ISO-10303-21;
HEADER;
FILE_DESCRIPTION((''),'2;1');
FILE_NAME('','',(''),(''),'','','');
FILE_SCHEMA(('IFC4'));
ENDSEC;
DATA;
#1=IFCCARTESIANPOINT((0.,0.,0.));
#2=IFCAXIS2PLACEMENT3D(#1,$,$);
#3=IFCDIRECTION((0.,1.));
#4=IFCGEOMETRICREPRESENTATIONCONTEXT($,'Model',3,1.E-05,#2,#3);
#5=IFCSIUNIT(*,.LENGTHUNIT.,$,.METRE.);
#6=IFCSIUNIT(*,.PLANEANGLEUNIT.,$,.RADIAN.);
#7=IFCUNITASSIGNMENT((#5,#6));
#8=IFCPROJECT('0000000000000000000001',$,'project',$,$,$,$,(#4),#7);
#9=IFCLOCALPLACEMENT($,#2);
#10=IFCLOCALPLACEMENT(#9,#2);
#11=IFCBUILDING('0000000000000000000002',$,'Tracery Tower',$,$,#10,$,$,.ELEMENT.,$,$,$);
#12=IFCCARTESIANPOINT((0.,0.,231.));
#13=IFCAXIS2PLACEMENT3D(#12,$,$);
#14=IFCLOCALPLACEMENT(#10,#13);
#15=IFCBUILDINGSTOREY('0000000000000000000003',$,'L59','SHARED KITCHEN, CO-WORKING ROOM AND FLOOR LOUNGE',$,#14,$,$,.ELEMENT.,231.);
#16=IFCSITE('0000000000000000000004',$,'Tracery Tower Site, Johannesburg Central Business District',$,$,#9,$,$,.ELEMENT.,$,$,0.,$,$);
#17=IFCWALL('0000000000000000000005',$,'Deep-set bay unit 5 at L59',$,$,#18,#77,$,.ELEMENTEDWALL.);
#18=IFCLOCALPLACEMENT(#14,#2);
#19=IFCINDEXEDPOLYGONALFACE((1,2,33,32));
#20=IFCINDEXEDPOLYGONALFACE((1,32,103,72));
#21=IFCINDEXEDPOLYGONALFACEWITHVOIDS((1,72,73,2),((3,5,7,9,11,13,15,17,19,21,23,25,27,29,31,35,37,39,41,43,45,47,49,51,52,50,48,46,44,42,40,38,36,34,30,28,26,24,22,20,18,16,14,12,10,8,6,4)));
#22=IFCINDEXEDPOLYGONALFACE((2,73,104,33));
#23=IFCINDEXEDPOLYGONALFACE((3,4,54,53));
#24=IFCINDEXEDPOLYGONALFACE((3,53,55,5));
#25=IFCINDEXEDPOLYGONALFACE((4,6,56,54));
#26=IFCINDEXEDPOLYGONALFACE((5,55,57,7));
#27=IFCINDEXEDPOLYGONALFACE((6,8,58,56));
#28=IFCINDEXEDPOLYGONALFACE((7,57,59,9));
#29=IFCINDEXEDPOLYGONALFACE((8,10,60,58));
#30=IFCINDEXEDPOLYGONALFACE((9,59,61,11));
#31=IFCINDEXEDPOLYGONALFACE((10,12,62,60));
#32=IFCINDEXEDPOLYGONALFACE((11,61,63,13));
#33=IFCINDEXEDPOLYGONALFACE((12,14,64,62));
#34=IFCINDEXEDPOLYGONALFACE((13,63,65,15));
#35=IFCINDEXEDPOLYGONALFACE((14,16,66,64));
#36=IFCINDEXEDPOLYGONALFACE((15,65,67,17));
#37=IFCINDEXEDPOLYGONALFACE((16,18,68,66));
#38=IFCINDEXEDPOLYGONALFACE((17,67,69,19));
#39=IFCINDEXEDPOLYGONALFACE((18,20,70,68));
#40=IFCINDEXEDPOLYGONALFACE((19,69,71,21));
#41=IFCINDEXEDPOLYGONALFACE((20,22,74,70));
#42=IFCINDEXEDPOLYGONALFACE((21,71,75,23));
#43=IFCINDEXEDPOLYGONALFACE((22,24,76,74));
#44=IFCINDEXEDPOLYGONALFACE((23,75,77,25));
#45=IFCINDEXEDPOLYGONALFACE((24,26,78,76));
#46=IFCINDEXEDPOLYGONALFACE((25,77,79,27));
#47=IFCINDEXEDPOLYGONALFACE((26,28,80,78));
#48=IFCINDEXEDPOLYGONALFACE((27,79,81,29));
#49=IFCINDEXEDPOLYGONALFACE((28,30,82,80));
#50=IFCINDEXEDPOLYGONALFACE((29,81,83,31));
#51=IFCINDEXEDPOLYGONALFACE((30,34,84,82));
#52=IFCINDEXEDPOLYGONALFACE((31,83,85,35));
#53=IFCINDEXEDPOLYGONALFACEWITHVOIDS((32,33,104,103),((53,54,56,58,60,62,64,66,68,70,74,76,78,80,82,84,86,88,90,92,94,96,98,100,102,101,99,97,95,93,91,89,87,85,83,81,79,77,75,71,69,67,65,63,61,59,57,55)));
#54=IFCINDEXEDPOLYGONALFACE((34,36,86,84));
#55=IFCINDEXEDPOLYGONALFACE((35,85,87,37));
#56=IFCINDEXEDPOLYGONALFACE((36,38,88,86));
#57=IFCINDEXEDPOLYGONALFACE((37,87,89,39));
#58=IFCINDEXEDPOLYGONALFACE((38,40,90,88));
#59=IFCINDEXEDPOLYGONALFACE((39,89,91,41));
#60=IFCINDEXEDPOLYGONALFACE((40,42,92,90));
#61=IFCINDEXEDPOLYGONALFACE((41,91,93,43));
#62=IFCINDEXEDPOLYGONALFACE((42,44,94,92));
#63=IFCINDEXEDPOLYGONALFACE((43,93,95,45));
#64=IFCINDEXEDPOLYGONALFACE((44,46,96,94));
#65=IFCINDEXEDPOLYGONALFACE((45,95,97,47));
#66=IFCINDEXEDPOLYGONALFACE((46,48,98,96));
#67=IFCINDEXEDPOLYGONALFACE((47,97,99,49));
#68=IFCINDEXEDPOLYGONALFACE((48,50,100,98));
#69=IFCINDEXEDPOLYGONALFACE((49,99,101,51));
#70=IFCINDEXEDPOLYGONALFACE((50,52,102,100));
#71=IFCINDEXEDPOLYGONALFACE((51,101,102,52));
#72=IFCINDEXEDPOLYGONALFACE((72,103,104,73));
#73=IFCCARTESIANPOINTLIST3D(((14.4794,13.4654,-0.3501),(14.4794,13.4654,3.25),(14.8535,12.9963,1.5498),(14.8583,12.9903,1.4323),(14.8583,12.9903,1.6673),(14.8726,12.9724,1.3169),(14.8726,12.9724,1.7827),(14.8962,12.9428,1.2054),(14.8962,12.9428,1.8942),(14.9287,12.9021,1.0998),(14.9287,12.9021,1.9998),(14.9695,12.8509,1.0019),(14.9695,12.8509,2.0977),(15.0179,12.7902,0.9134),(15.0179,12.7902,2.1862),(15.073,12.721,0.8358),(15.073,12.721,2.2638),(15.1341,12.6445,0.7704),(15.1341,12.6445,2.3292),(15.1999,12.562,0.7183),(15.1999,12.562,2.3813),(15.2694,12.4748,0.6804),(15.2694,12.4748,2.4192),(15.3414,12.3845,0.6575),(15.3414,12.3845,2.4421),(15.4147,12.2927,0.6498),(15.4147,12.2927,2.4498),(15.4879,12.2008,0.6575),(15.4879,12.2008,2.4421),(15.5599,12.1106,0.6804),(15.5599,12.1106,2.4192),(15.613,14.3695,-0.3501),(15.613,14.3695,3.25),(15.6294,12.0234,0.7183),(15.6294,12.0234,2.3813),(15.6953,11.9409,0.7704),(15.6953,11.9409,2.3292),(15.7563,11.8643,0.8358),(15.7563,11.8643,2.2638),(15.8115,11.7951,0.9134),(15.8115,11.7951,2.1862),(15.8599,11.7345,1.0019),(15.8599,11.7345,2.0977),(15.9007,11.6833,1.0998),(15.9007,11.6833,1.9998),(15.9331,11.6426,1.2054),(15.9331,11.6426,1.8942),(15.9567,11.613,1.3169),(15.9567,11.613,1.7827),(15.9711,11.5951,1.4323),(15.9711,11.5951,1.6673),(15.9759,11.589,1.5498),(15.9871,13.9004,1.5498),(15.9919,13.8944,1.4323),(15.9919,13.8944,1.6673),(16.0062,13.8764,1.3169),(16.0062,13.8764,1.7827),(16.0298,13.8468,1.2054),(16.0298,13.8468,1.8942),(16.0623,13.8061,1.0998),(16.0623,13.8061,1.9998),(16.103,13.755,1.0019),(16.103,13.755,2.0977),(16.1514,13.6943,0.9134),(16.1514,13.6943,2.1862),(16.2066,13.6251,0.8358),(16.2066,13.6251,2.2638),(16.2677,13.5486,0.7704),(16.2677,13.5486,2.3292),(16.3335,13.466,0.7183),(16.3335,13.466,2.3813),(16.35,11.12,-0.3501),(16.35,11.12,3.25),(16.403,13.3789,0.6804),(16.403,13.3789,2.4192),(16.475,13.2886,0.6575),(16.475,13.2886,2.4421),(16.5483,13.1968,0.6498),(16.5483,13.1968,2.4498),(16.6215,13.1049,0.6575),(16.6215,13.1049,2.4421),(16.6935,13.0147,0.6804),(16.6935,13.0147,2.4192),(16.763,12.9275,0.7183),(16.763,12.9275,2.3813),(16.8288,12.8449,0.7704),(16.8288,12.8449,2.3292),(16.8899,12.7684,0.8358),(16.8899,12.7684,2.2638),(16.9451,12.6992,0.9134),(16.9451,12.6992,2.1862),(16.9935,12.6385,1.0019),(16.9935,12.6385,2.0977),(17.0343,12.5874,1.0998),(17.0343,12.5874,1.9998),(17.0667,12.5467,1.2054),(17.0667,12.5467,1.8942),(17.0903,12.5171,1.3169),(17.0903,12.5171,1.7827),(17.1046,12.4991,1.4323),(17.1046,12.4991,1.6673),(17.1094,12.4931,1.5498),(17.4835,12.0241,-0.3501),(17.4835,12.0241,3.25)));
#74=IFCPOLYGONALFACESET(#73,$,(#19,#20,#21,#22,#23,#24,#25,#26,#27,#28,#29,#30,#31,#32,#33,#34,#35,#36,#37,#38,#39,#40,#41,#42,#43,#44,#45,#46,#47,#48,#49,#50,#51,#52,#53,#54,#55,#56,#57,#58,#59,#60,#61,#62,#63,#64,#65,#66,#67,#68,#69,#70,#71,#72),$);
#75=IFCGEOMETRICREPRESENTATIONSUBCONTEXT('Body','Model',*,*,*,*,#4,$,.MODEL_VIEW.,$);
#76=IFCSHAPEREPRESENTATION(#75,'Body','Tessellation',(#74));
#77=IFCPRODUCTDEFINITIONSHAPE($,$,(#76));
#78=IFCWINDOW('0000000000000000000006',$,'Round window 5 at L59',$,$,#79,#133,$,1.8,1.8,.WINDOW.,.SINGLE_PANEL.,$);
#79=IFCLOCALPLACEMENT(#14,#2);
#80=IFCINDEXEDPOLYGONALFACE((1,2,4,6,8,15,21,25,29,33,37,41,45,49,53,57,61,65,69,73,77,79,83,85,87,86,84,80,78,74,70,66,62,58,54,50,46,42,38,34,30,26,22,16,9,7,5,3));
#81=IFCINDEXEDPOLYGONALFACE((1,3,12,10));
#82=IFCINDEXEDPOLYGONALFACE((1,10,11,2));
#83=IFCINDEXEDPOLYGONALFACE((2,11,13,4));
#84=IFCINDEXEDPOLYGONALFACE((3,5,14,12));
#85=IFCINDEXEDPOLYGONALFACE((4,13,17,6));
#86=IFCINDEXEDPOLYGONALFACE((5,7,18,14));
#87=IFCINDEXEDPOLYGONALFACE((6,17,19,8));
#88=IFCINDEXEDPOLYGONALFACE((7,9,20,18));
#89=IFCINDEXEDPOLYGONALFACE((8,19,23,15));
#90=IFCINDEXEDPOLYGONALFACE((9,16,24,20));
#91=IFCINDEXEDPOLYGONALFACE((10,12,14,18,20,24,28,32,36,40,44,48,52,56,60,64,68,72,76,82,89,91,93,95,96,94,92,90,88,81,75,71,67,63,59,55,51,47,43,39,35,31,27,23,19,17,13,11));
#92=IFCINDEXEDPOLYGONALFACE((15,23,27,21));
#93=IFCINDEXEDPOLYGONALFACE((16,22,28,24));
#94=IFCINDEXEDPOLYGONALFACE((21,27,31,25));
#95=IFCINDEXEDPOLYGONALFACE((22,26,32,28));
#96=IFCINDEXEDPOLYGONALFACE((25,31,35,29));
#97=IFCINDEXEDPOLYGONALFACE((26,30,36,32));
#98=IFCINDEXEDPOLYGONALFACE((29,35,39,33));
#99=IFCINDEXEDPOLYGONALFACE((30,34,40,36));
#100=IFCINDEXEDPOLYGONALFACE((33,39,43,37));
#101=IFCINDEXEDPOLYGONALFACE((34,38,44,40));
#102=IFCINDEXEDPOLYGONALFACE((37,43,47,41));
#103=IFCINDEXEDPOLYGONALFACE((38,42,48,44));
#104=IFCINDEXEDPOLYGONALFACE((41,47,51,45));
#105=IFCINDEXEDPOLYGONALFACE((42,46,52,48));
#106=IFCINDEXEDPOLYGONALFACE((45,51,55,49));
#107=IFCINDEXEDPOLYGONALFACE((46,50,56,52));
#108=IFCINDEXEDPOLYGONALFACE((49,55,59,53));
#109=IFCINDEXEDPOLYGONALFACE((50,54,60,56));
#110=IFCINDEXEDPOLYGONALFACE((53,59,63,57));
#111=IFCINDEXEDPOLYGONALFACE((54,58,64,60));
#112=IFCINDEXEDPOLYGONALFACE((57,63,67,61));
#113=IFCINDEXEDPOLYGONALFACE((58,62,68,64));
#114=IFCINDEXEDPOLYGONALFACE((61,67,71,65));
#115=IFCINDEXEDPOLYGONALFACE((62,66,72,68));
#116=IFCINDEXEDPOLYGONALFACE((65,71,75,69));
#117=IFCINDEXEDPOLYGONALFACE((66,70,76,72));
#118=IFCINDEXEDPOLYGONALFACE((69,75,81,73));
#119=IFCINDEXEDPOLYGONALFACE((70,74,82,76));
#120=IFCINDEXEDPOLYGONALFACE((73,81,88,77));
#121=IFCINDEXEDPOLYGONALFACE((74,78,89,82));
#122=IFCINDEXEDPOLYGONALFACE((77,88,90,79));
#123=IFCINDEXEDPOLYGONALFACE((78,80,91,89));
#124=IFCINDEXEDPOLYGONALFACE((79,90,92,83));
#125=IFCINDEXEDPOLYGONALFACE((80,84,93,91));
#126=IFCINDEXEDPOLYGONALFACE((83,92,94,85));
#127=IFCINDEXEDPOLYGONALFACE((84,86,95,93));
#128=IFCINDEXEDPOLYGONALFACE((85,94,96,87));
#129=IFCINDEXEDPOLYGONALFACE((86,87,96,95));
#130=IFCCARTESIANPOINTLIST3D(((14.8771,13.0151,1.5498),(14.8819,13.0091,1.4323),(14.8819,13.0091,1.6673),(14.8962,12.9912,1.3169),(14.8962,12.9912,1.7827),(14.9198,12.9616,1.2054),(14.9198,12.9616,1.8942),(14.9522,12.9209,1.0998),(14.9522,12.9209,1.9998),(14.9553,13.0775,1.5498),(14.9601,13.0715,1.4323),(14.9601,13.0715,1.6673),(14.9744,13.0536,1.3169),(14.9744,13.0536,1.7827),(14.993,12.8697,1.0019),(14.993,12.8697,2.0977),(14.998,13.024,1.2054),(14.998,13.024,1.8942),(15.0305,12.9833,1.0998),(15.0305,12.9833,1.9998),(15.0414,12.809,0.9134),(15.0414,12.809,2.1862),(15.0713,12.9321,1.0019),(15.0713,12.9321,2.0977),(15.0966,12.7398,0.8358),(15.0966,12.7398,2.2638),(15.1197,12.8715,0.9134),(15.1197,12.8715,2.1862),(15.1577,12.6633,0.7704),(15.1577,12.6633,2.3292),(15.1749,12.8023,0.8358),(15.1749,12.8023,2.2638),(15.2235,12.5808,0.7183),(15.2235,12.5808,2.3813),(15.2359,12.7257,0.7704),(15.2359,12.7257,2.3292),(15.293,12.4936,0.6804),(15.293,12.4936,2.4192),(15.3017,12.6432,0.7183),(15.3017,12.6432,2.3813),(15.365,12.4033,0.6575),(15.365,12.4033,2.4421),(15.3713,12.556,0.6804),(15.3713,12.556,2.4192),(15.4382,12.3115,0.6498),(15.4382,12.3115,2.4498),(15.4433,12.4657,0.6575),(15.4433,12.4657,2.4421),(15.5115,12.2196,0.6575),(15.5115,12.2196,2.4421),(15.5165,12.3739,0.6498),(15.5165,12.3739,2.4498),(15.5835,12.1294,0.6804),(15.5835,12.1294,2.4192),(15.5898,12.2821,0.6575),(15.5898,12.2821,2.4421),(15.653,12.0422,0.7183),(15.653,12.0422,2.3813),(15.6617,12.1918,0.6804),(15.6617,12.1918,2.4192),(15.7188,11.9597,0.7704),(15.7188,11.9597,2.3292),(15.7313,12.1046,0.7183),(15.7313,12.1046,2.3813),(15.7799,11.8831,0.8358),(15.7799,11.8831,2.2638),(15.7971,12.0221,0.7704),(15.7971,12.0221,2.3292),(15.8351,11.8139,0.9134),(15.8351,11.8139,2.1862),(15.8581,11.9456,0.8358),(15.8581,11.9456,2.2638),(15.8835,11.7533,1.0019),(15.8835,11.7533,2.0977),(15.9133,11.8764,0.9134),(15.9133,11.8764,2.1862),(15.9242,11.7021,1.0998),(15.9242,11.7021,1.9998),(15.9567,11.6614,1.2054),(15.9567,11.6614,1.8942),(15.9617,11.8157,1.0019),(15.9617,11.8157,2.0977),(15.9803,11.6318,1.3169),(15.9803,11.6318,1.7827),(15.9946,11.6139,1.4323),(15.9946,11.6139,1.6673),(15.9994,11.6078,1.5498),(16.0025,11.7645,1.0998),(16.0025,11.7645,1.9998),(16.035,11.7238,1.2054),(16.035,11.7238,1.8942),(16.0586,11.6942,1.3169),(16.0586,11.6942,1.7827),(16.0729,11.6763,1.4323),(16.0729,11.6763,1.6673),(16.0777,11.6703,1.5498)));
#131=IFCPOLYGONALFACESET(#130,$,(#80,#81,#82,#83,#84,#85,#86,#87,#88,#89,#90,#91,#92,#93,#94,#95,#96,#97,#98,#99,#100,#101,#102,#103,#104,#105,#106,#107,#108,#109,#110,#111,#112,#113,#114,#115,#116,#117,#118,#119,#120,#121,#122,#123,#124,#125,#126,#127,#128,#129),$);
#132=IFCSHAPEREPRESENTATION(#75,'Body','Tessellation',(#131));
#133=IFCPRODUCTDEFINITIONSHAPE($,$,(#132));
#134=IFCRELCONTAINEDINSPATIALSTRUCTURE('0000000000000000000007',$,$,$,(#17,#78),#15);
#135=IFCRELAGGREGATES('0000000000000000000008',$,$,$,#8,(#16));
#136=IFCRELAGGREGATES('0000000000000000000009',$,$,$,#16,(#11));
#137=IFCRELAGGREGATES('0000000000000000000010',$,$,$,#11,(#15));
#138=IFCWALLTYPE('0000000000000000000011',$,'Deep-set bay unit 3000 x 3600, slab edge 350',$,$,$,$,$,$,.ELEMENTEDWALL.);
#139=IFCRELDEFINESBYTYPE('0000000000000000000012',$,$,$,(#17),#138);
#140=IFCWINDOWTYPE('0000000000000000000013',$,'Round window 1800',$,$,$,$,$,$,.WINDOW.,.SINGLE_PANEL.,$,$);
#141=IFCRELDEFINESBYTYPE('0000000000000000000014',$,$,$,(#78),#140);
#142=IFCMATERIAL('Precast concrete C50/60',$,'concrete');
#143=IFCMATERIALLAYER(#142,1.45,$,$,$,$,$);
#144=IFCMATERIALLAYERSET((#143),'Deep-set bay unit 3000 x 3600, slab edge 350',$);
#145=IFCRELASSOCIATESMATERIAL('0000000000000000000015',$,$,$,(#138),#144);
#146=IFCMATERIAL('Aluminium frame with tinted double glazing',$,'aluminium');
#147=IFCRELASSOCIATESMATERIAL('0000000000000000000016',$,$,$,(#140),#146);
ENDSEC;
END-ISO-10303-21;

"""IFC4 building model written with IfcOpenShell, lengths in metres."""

from ifc_helpers import new_model, si_unit, direction, frame, frame_2d, origin, origin_2d, place, context, subcontext, project, spatial, rectangle, circle, extrude, material, layer, layer_set, type_object, element, fill, save


model = new_model("IFC4")

# Units and contexts
model_context = context("Model", 3, precision=1e-05, world=origin(), true_north=direction((0.0, 1.0)))
body_context = subcontext(model_context, "Body", "Model", "MODEL_VIEW")
ifc_project = project(units=[si_unit("LENGTHUNIT", "METRE"), si_unit("PLANEANGLEUNIT", "RADIAN")], contexts=[model_context])

# Site, building, storey
site_placement = place(None, origin())
site = spatial("IfcSite", under=ifc_project, at=site_placement, Name="Tracery Tower Site, Johannesburg Central Business District", CompositionType="ELEMENT", RefElevation=0.0)
building_placement = place(site_placement, origin())
building = spatial("IfcBuilding", under=site, at=building_placement, Name="Tracery Tower", CompositionType="ELEMENT")
storey_placement = place(building_placement, frame((0.0, 0.0, 231.0)))
storey = spatial("IfcBuildingStorey", under=building, at=storey_placement, Name="L59", Description="SHARED KITCHEN, CO-WORKING ROOM AND FLOOR LOUNGE", CompositionType="ELEMENT", Elevation=231.0)

# Wall, opening, window
ifc_material_1 = material(Name="Precast concrete C50/60", Category="concrete")
ifc_layer_1 = layer(ifc_material_1, 1.45)
ifc_layer_set_1 = layer_set([ifc_layer_1], Name="Deep-set bay unit 3000 x 3600, slab edge 350")
wall_type_1 = type_object("IfcWallType", Name="Deep-set bay unit 3000 x 3600, slab edge 350", PredefinedType="ELEMENTEDWALL", material=ifc_layer_set_1)
wall_1_placement = place(storey_placement, frame((16.9167, 11.572, -0.3501), z_axis=(0.0, 0.0, 1.0), x_axis=(-0.623523, 0.781805, 0.0)))
wall_1 = element("IfcWall", 1, at=wall_1_placement, inside=storey, type_object=wall_type_1, Name="Deep-set bay unit 5 at L59", PredefinedType="ELEMENTEDWALL", context=body_context, shape_type="SweptSolid", body=[
    extrude(rectangle(XDim=3.0, YDim=1.45, at=frame_2d((1.5, 0.0))), origin(), (0.0, 0.0, 1.0), 3.6001),
])
opening_1_placement = place(wall_1_placement, frame((1.5, 0.0, 1.8999)))
opening_1 = element("IfcOpeningElement", 2, at=opening_1_placement, cuts=wall_1, PredefinedType="OPENING", context=body_context, shape_type="SweptSolid", body=[
    extrude(circle(Radius=0.9, at=origin_2d()), frame((0.0, 0.7349, 0.0), z_axis=(0.0, -1.0, 0.0), x_axis=(1.0, 0.0, 0.0)), (0.0, 0.0, 1.0), 1.47),
])
ifc_material_2 = material(Name="Aluminium frame with tinted double glazing", Category="aluminium")
window_type = type_object("IfcWindowType", Name="Round window 1800", PartitioningType="SINGLE_PANEL", PredefinedType="WINDOW", material=ifc_material_2)
window_1_placement = place(opening_1_placement, origin())
window_1 = element("IfcWindow", 3, at=window_1_placement, inside=storey, type_object=window_type, Name="Round window 5 at L59", OverallHeight=1.8, OverallWidth=1.8, PartitioningType="SINGLE_PANEL", PredefinedType="WINDOW", context=body_context, shape_type="SweptSolid", body=[
    extrude(circle(Radius=0.9, at=origin_2d()), frame((0.0, 0.6948, 0.0), z_axis=(0.0, -1.0, 0.0), x_axis=(1.0, 0.0, 0.0)), (0.0, 0.0, 1.0), 0.1001),
])
fill(opening_1, window_1)

save(model, "model.ifc")
